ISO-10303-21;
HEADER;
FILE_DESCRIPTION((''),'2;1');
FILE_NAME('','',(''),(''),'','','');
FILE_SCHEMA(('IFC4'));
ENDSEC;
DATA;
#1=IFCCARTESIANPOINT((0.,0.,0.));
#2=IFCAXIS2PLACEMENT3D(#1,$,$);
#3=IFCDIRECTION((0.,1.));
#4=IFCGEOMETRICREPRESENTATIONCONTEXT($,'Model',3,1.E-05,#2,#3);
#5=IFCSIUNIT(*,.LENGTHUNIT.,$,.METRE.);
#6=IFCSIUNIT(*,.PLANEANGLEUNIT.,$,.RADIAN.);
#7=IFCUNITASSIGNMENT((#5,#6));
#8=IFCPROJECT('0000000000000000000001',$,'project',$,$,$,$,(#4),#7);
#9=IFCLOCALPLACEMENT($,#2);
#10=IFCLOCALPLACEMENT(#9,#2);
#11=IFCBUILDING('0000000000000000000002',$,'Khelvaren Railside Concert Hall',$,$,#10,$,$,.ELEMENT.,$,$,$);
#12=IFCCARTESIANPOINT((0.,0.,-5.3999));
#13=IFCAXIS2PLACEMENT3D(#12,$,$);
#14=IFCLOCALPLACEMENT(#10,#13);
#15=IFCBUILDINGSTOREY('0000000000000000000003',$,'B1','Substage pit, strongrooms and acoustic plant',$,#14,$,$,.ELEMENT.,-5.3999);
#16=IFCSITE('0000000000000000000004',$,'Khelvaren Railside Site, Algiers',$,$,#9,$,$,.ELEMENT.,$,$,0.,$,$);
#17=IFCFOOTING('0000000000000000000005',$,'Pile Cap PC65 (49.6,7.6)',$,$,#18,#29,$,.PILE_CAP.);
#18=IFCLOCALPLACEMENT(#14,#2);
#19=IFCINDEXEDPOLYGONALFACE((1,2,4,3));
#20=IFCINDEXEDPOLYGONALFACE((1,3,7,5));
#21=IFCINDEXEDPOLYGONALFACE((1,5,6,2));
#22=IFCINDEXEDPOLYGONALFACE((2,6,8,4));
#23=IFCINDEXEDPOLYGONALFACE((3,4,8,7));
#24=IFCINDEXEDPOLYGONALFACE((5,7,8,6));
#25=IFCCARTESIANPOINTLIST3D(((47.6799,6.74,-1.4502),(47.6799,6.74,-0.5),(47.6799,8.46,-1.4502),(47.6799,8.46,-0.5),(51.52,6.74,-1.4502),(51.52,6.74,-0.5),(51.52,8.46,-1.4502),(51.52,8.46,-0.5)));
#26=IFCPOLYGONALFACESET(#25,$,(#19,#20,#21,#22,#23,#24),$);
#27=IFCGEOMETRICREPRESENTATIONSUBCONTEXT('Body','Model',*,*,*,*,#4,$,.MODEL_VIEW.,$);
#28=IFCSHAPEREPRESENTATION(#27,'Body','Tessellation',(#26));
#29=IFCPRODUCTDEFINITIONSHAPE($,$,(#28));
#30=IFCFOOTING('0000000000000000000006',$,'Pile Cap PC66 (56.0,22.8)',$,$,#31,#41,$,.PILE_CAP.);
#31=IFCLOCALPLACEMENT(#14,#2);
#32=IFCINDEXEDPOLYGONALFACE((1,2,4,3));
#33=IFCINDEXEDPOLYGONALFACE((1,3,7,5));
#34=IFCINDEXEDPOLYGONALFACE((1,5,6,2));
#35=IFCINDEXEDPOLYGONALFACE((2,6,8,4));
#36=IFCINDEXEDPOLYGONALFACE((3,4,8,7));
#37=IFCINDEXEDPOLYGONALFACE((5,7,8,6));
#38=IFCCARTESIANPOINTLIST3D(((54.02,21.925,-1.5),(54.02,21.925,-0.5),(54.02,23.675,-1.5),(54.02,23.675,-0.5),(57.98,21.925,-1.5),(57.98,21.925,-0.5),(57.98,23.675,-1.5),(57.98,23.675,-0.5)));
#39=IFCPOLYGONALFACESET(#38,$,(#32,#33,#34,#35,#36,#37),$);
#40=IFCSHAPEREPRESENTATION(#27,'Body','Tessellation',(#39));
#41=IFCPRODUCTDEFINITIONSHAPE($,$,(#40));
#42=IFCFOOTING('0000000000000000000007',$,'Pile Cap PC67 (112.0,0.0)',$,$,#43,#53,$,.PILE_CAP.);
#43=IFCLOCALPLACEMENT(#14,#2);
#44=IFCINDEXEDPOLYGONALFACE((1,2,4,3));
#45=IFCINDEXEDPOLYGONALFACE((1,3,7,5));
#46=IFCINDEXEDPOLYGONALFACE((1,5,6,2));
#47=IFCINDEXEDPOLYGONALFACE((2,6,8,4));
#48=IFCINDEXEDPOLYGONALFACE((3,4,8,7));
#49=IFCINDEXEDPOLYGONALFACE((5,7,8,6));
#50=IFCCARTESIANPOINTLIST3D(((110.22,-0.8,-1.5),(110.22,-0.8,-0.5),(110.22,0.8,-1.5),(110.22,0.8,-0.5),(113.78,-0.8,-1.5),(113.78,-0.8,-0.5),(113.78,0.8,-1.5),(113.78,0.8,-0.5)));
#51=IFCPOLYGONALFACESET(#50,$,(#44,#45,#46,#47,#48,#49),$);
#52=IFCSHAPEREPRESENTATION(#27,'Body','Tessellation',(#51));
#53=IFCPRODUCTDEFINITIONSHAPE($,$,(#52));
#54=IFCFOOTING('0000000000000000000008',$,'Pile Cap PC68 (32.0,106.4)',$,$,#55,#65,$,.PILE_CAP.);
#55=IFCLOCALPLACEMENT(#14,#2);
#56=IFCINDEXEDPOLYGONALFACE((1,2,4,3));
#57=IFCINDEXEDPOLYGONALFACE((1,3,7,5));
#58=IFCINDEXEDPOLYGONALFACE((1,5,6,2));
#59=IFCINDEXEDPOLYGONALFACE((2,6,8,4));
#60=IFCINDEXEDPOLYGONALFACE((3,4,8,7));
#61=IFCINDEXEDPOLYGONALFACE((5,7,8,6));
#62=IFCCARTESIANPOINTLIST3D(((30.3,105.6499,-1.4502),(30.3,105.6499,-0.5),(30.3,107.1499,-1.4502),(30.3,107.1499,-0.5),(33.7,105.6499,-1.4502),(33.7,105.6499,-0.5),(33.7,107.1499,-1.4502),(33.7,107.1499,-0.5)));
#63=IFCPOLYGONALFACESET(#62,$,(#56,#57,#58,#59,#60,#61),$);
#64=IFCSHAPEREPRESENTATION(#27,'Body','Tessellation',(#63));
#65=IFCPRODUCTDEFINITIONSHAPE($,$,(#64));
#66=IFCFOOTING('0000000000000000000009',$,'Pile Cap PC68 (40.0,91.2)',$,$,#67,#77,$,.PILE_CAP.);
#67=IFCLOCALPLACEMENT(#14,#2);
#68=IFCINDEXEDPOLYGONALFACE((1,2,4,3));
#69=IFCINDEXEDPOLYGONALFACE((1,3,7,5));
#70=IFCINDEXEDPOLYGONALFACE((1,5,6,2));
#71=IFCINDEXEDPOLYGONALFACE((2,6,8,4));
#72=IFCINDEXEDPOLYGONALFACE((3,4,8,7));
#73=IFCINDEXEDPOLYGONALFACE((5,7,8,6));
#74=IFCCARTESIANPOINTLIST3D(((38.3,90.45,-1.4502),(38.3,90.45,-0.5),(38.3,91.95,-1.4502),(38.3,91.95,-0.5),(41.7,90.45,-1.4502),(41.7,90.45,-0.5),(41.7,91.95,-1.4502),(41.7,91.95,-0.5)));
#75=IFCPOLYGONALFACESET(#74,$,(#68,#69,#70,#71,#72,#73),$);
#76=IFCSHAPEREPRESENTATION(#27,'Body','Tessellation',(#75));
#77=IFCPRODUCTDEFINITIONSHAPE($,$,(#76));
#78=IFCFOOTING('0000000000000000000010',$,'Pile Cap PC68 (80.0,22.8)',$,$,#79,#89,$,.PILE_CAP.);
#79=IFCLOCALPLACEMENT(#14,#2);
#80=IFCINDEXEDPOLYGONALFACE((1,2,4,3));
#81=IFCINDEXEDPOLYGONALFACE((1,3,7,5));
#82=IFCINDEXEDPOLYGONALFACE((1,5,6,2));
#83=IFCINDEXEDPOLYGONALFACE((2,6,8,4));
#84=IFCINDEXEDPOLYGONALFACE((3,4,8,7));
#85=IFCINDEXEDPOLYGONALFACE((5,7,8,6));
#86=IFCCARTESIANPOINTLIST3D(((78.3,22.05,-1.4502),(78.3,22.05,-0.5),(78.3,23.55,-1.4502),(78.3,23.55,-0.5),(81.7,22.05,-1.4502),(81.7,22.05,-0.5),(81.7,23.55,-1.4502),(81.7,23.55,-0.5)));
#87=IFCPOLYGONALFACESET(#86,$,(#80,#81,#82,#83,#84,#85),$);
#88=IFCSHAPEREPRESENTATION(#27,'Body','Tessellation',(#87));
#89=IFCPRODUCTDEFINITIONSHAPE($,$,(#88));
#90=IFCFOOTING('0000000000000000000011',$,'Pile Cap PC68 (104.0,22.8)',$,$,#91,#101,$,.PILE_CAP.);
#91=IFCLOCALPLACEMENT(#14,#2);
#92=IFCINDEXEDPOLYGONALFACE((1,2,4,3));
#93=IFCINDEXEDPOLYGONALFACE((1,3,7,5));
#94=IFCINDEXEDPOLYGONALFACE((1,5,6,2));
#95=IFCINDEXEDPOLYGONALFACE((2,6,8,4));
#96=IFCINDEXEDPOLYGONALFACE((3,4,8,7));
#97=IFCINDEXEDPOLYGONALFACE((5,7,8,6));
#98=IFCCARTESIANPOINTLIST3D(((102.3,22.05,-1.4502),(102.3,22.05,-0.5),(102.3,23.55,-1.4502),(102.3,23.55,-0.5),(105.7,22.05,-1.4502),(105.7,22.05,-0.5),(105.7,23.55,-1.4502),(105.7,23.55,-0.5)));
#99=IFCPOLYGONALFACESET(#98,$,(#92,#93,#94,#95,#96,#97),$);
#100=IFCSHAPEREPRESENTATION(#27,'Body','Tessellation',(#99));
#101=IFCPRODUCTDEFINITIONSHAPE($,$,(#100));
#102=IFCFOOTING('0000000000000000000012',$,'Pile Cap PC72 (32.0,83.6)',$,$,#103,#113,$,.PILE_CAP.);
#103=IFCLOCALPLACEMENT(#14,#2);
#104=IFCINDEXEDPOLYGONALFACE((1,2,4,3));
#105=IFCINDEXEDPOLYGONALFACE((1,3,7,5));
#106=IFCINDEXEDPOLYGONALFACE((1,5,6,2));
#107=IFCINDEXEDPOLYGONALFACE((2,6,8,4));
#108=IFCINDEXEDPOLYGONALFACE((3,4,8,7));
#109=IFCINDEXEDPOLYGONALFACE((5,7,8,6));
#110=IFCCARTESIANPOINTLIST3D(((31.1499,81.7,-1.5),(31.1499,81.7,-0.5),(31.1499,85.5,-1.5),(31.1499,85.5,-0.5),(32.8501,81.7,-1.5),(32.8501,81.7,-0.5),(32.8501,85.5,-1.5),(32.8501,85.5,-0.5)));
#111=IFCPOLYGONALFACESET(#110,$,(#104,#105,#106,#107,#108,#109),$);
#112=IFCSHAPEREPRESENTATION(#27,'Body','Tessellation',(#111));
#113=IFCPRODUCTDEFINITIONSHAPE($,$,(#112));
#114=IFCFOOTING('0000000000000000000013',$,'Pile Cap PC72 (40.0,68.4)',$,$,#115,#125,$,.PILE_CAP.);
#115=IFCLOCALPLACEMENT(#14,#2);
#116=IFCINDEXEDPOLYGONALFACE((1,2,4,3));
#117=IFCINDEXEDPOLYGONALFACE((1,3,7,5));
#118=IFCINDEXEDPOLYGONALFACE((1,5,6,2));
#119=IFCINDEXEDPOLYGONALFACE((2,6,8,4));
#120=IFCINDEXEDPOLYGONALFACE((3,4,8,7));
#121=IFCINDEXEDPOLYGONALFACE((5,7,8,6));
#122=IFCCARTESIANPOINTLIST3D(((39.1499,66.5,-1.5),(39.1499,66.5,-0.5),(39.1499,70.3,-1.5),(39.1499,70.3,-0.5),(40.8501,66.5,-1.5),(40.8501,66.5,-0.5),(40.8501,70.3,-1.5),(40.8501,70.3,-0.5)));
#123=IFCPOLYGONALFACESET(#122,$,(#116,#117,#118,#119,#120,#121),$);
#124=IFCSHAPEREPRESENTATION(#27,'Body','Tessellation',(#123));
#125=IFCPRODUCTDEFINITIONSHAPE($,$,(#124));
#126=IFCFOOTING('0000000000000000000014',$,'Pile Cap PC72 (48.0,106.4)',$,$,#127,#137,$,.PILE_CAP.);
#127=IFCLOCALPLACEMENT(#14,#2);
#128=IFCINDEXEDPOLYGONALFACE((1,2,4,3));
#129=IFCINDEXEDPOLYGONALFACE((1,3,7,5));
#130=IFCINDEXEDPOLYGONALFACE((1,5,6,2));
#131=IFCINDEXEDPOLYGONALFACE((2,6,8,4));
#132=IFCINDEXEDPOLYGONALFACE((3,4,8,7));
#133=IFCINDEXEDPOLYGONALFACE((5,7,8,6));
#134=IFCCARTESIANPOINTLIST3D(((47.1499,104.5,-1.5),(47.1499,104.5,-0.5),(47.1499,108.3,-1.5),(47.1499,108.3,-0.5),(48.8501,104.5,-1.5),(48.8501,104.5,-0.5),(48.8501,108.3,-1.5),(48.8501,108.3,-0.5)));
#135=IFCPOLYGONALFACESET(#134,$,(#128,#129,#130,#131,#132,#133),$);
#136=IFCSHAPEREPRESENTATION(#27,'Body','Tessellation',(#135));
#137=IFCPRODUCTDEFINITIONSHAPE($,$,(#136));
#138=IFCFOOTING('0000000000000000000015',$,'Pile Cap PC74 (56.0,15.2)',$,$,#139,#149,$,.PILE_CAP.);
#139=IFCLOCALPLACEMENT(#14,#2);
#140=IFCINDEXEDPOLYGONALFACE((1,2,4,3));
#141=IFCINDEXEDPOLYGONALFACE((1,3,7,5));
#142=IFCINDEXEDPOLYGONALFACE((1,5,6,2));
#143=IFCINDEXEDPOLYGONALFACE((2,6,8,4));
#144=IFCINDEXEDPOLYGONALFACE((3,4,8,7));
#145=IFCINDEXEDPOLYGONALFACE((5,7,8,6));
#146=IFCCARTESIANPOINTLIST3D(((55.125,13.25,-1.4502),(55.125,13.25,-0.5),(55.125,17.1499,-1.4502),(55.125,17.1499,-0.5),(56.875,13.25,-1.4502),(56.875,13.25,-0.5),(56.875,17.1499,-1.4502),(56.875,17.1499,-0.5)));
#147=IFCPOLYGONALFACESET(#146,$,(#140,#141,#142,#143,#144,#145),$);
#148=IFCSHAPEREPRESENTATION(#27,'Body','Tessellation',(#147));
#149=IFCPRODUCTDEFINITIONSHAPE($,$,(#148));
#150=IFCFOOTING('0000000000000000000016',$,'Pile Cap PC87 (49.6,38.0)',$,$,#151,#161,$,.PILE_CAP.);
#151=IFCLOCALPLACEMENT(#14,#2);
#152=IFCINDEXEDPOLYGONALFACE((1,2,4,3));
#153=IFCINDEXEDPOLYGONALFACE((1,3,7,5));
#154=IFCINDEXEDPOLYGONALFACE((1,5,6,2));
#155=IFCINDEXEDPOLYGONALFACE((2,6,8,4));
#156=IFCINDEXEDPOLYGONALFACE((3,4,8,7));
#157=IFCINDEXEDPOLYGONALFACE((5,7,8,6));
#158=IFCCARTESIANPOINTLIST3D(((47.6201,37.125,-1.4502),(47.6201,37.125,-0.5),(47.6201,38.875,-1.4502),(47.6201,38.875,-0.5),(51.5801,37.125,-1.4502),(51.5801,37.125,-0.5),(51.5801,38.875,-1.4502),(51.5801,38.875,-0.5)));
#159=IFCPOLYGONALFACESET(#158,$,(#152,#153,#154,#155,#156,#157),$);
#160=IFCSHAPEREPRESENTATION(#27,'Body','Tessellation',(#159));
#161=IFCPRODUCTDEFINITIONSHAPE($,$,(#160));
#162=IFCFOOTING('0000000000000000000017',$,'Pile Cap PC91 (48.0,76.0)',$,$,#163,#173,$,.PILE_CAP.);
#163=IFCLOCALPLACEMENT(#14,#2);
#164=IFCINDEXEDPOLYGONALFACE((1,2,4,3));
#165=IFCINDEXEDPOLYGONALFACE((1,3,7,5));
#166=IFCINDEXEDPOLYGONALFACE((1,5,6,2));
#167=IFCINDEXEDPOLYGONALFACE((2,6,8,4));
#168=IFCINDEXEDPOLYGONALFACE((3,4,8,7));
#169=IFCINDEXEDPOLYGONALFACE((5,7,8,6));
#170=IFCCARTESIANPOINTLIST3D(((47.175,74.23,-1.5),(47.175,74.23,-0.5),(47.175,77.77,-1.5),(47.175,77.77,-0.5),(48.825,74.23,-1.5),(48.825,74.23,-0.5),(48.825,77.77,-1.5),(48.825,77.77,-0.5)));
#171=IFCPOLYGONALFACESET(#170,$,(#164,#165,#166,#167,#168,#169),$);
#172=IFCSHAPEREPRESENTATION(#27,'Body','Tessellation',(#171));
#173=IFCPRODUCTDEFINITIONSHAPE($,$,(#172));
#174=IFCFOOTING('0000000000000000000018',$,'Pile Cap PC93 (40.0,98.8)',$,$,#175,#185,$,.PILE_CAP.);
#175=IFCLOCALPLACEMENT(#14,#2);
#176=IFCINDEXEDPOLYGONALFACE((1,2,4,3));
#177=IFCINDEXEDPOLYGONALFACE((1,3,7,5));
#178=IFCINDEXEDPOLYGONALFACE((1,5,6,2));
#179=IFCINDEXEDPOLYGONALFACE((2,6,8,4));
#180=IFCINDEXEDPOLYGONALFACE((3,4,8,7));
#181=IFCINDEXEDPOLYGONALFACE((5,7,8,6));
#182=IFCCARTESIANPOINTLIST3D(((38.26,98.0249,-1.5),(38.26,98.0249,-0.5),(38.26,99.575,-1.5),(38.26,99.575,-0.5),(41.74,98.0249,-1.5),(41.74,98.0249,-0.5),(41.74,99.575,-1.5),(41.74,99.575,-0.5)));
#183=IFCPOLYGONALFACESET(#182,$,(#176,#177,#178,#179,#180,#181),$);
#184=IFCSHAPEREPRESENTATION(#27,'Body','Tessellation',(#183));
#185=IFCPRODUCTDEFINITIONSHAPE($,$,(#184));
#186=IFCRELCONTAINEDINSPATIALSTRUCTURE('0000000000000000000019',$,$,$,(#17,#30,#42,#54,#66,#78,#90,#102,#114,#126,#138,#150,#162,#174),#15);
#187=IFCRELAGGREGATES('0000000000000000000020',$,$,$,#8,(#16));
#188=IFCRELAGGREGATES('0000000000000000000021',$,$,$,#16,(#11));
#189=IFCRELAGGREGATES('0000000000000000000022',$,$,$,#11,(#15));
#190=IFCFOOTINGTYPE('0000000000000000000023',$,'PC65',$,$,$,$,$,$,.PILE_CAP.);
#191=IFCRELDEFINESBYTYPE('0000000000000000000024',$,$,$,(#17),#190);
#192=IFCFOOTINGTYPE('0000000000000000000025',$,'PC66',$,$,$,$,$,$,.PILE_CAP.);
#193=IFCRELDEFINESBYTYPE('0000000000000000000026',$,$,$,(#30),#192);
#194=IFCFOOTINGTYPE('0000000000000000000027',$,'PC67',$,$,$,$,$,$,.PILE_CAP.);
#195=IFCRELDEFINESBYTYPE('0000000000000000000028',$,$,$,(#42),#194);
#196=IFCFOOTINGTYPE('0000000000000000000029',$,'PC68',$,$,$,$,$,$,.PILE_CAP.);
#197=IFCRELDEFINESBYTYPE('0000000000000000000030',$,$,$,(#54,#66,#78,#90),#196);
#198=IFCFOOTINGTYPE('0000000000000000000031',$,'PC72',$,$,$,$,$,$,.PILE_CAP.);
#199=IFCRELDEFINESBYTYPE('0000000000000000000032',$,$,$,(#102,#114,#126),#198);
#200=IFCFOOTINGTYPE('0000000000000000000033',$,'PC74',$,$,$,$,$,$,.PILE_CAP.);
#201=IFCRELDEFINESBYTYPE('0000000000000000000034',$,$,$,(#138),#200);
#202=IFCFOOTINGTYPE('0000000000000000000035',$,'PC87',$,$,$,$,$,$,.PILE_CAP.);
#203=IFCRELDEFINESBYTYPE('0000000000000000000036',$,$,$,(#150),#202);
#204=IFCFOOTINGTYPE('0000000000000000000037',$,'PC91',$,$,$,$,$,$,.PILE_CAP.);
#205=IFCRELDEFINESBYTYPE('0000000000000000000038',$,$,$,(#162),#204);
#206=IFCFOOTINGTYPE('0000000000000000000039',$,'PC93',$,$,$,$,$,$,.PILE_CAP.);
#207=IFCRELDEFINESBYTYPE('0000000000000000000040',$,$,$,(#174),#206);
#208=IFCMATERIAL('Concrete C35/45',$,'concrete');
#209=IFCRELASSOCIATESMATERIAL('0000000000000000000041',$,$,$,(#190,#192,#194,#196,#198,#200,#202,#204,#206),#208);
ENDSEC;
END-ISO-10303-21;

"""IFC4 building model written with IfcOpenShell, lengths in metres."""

from ifc_helpers import new_model, si_unit, direction, frame, origin, place, context, subcontext, project, spatial, polyline, outline, extrude, material, type_object, element, save


model = new_model("IFC4")

# Units and contexts
model_context = context("Model", 3, precision=1e-05, world=origin(), true_north=direction((0.0, 1.0)))
body_context = subcontext(model_context, "Body", "Model", "MODEL_VIEW")
ifc_project = project(units=[si_unit("LENGTHUNIT", "METRE"), si_unit("PLANEANGLEUNIT", "RADIAN")], contexts=[model_context])

# Site, building, storey
site_placement = place(None, origin())
site = spatial("IfcSite", under=ifc_project, at=site_placement, Name="Khelvaren Railside Site, Algiers", CompositionType="ELEMENT", RefElevation=0.0)
building_placement = place(site_placement, origin())
building = spatial("IfcBuilding", under=site, at=building_placement, Name="Khelvaren Railside Concert Hall", CompositionType="ELEMENT")
storey_placement = place(building_placement, frame((0.0, 0.0, -5.3999)))
storey = spatial("IfcBuildingStorey", under=building, at=storey_placement, Name="B1", Description="Substage pit, strongrooms and acoustic plant", CompositionType="ELEMENT", Elevation=-5.3999)

# Footings
ifc_material = material(Name="Concrete C35/45", Category="concrete")
footing_type_1 = type_object("IfcFootingType", Name="PC65", PredefinedType="PILE_CAP", material=ifc_material)
footing_1_placement = place(storey_placement, frame((0.0, 0.0, -1.4502)))
element("IfcFooting", 1, at=footing_1_placement, inside=storey, type_object=footing_type_1, Name="Pile Cap PC65 (49.6,7.6)", PredefinedType="PILE_CAP", context=body_context, shape_type="SweptSolid", body=[
    extrude(outline(polyline([(47.6799, 6.74), (51.52, 6.74), (51.52, 8.46), (47.6799, 8.46), (47.6799, 6.74)])), origin(), (0.0, 0.0, 1.0), 0.9502),
])
footing_type_2 = type_object("IfcFootingType", Name="PC66", PredefinedType="PILE_CAP", material=ifc_material)
footing_2_placement = place(storey_placement, frame((0.0, 0.0, -1.5)))
element("IfcFooting", 2, at=footing_2_placement, inside=storey, type_object=footing_type_2, Name="Pile Cap PC66 (56.0,22.8)", PredefinedType="PILE_CAP", context=body_context, shape_type="SweptSolid", body=[
    extrude(outline(polyline([(54.02, 21.925), (57.98, 21.925), (57.98, 23.675), (54.02, 23.675), (54.02, 21.925)])), origin(), (0.0, 0.0, 1.0), 1.0),
])
footing_type_3 = type_object("IfcFootingType", Name="PC67", PredefinedType="PILE_CAP", material=ifc_material)
footing_3_placement = place(storey_placement, frame((0.0, 0.0, -1.5)))
element("IfcFooting", 3, at=footing_3_placement, inside=storey, type_object=footing_type_3, Name="Pile Cap PC67 (112.0,0.0)", PredefinedType="PILE_CAP", context=body_context, shape_type="SweptSolid", body=[
    extrude(outline(polyline([(110.22, -0.8), (113.78, -0.8), (113.78, 0.8), (110.22, 0.8), (110.22, -0.8)])), origin(), (0.0, 0.0, 1.0), 1.0),
])
footing_type_4 = type_object("IfcFootingType", Name="PC68", PredefinedType="PILE_CAP", material=ifc_material)
footing_4_placement = place(storey_placement, frame((0.0, 0.0, -1.4502)))
element("IfcFooting", 4, at=footing_4_placement, inside=storey, type_object=footing_type_4, Name="Pile Cap PC68 (32.0,106.4)", PredefinedType="PILE_CAP", context=body_context, shape_type="SweptSolid", body=[
    extrude(outline(polyline([(30.3, 105.6499), (33.7, 105.6499), (33.7, 107.1499), (30.3, 107.1499), (30.3, 105.6499)])), origin(), (0.0, 0.0, 1.0), 0.9502),
])
footing_5_placement = place(storey_placement, frame((0.0, 0.0, -1.4502)))
element("IfcFooting", 5, at=footing_5_placement, inside=storey, type_object=footing_type_4, Name="Pile Cap PC68 (40.0,91.2)", PredefinedType="PILE_CAP", context=body_context, shape_type="SweptSolid", body=[
    extrude(outline(polyline([(38.3, 90.45), (41.7, 90.45), (41.7, 91.95), (38.3, 91.95), (38.3, 90.45)])), origin(), (0.0, 0.0, 1.0), 0.9502),
])
footing_6_placement = place(storey_placement, frame((0.0, 0.0, -1.4502)))
element("IfcFooting", 6, at=footing_6_placement, inside=storey, type_object=footing_type_4, Name="Pile Cap PC68 (80.0,22.8)", PredefinedType="PILE_CAP", context=body_context, shape_type="SweptSolid", body=[
    extrude(outline(polyline([(78.3, 22.05), (81.7, 22.05), (81.7, 23.55), (78.3, 23.55), (78.3, 22.05)])), origin(), (0.0, 0.0, 1.0), 0.9502),
])
footing_7_placement = place(storey_placement, frame((0.0, 0.0, -1.4502)))
element("IfcFooting", 7, at=footing_7_placement, inside=storey, type_object=footing_type_4, Name="Pile Cap PC68 (104.0,22.8)", PredefinedType="PILE_CAP", context=body_context, shape_type="SweptSolid", body=[
    extrude(outline(polyline([(102.3, 22.05), (105.7, 22.05), (105.7, 23.55), (102.3, 23.55), (102.3, 22.05)])), origin(), (0.0, 0.0, 1.0), 0.9502),
])
footing_type_5 = type_object("IfcFootingType", Name="PC72", PredefinedType="PILE_CAP", material=ifc_material)
footing_8_placement = place(storey_placement, frame((0.0, 0.0, -1.5)))
element("IfcFooting", 8, at=footing_8_placement, inside=storey, type_object=footing_type_5, Name="Pile Cap PC72 (32.0,83.6)", PredefinedType="PILE_CAP", context=body_context, shape_type="SweptSolid", body=[
    extrude(outline(polyline([(31.1499, 81.7), (32.8501, 81.7), (32.8501, 85.5), (31.1499, 85.5), (31.1499, 81.7)])), origin(), (0.0, 0.0, 1.0), 1.0),
])
footing_9_placement = place(storey_placement, frame((0.0, 0.0, -1.5)))
element("IfcFooting", 9, at=footing_9_placement, inside=storey, type_object=footing_type_5, Name="Pile Cap PC72 (40.0,68.4)", PredefinedType="PILE_CAP", context=body_context, shape_type="SweptSolid", body=[
    extrude(outline(polyline([(39.1499, 66.5), (40.8501, 66.5), (40.8501, 70.3), (39.1499, 70.3), (39.1499, 66.5)])), origin(), (0.0, 0.0, 1.0), 1.0),
])
footing_10_placement = place(storey_placement, frame((0.0, 0.0, -1.5)))
element("IfcFooting", 10, at=footing_10_placement, inside=storey, type_object=footing_type_5, Name="Pile Cap PC72 (48.0,106.4)", PredefinedType="PILE_CAP", context=body_context, shape_type="SweptSolid", body=[
    extrude(outline(polyline([(47.1499, 104.5), (48.8501, 104.5), (48.8501, 108.3), (47.1499, 108.3), (47.1499, 104.5)])), origin(), (0.0, 0.0, 1.0), 1.0),
])
footing_type_6 = type_object("IfcFootingType", Name="PC74", PredefinedType="PILE_CAP", material=ifc_material)
footing_11_placement = place(storey_placement, frame((0.0, 0.0, -1.4502)))
element("IfcFooting", 11, at=footing_11_placement, inside=storey, type_object=footing_type_6, Name="Pile Cap PC74 (56.0,15.2)", PredefinedType="PILE_CAP", context=body_context, shape_type="SweptSolid", body=[
    extrude(outline(polyline([(55.125, 13.25), (56.875, 13.25), (56.875, 17.1499), (55.125, 17.1499), (55.125, 13.25)])), origin(), (0.0, 0.0, 1.0), 0.9502),
])
footing_type_7 = type_object("IfcFootingType", Name="PC87", PredefinedType="PILE_CAP", material=ifc_material)
footing_12_placement = place(storey_placement, frame((0.0, 0.0, -1.4502)))
element("IfcFooting", 12, at=footing_12_placement, inside=storey, type_object=footing_type_7, Name="Pile Cap PC87 (49.6,38.0)", PredefinedType="PILE_CAP", context=body_context, shape_type="SweptSolid", body=[
    extrude(outline(polyline([(47.6201, 37.125), (51.5801, 37.125), (51.5801, 38.875), (47.6201, 38.875), (47.6201, 37.125)])), origin(), (0.0, 0.0, 1.0), 0.9502),
])
footing_type_8 = type_object("IfcFootingType", Name="PC91", PredefinedType="PILE_CAP", material=ifc_material)
footing_13_placement = place(storey_placement, frame((0.0, 0.0, -1.5)))
element("IfcFooting", 13, at=footing_13_placement, inside=storey, type_object=footing_type_8, Name="Pile Cap PC91 (48.0,76.0)", PredefinedType="PILE_CAP", context=body_context, shape_type="SweptSolid", body=[
    extrude(outline(polyline([(47.175, 74.23), (48.825, 74.23), (48.825, 77.77), (47.175, 77.77), (47.175, 74.23)])), origin(), (0.0, 0.0, 1.0), 1.0),
])
footing_type_9 = type_object("IfcFootingType", Name="PC93", PredefinedType="PILE_CAP", material=ifc_material)
footing_14_placement = place(storey_placement, frame((0.0, 0.0, -1.5)))
element("IfcFooting", 14, at=footing_14_placement, inside=storey, type_object=footing_type_9, Name="Pile Cap PC93 (40.0,98.8)", PredefinedType="PILE_CAP", context=body_context, shape_type="SweptSolid", body=[
    extrude(outline(polyline([(38.26, 98.0249), (41.74, 98.0249), (41.74, 99.575), (38.26, 99.575), (38.26, 98.0249)])), origin(), (0.0, 0.0, 1.0), 1.0),
])

save(model, "model.ifc")
